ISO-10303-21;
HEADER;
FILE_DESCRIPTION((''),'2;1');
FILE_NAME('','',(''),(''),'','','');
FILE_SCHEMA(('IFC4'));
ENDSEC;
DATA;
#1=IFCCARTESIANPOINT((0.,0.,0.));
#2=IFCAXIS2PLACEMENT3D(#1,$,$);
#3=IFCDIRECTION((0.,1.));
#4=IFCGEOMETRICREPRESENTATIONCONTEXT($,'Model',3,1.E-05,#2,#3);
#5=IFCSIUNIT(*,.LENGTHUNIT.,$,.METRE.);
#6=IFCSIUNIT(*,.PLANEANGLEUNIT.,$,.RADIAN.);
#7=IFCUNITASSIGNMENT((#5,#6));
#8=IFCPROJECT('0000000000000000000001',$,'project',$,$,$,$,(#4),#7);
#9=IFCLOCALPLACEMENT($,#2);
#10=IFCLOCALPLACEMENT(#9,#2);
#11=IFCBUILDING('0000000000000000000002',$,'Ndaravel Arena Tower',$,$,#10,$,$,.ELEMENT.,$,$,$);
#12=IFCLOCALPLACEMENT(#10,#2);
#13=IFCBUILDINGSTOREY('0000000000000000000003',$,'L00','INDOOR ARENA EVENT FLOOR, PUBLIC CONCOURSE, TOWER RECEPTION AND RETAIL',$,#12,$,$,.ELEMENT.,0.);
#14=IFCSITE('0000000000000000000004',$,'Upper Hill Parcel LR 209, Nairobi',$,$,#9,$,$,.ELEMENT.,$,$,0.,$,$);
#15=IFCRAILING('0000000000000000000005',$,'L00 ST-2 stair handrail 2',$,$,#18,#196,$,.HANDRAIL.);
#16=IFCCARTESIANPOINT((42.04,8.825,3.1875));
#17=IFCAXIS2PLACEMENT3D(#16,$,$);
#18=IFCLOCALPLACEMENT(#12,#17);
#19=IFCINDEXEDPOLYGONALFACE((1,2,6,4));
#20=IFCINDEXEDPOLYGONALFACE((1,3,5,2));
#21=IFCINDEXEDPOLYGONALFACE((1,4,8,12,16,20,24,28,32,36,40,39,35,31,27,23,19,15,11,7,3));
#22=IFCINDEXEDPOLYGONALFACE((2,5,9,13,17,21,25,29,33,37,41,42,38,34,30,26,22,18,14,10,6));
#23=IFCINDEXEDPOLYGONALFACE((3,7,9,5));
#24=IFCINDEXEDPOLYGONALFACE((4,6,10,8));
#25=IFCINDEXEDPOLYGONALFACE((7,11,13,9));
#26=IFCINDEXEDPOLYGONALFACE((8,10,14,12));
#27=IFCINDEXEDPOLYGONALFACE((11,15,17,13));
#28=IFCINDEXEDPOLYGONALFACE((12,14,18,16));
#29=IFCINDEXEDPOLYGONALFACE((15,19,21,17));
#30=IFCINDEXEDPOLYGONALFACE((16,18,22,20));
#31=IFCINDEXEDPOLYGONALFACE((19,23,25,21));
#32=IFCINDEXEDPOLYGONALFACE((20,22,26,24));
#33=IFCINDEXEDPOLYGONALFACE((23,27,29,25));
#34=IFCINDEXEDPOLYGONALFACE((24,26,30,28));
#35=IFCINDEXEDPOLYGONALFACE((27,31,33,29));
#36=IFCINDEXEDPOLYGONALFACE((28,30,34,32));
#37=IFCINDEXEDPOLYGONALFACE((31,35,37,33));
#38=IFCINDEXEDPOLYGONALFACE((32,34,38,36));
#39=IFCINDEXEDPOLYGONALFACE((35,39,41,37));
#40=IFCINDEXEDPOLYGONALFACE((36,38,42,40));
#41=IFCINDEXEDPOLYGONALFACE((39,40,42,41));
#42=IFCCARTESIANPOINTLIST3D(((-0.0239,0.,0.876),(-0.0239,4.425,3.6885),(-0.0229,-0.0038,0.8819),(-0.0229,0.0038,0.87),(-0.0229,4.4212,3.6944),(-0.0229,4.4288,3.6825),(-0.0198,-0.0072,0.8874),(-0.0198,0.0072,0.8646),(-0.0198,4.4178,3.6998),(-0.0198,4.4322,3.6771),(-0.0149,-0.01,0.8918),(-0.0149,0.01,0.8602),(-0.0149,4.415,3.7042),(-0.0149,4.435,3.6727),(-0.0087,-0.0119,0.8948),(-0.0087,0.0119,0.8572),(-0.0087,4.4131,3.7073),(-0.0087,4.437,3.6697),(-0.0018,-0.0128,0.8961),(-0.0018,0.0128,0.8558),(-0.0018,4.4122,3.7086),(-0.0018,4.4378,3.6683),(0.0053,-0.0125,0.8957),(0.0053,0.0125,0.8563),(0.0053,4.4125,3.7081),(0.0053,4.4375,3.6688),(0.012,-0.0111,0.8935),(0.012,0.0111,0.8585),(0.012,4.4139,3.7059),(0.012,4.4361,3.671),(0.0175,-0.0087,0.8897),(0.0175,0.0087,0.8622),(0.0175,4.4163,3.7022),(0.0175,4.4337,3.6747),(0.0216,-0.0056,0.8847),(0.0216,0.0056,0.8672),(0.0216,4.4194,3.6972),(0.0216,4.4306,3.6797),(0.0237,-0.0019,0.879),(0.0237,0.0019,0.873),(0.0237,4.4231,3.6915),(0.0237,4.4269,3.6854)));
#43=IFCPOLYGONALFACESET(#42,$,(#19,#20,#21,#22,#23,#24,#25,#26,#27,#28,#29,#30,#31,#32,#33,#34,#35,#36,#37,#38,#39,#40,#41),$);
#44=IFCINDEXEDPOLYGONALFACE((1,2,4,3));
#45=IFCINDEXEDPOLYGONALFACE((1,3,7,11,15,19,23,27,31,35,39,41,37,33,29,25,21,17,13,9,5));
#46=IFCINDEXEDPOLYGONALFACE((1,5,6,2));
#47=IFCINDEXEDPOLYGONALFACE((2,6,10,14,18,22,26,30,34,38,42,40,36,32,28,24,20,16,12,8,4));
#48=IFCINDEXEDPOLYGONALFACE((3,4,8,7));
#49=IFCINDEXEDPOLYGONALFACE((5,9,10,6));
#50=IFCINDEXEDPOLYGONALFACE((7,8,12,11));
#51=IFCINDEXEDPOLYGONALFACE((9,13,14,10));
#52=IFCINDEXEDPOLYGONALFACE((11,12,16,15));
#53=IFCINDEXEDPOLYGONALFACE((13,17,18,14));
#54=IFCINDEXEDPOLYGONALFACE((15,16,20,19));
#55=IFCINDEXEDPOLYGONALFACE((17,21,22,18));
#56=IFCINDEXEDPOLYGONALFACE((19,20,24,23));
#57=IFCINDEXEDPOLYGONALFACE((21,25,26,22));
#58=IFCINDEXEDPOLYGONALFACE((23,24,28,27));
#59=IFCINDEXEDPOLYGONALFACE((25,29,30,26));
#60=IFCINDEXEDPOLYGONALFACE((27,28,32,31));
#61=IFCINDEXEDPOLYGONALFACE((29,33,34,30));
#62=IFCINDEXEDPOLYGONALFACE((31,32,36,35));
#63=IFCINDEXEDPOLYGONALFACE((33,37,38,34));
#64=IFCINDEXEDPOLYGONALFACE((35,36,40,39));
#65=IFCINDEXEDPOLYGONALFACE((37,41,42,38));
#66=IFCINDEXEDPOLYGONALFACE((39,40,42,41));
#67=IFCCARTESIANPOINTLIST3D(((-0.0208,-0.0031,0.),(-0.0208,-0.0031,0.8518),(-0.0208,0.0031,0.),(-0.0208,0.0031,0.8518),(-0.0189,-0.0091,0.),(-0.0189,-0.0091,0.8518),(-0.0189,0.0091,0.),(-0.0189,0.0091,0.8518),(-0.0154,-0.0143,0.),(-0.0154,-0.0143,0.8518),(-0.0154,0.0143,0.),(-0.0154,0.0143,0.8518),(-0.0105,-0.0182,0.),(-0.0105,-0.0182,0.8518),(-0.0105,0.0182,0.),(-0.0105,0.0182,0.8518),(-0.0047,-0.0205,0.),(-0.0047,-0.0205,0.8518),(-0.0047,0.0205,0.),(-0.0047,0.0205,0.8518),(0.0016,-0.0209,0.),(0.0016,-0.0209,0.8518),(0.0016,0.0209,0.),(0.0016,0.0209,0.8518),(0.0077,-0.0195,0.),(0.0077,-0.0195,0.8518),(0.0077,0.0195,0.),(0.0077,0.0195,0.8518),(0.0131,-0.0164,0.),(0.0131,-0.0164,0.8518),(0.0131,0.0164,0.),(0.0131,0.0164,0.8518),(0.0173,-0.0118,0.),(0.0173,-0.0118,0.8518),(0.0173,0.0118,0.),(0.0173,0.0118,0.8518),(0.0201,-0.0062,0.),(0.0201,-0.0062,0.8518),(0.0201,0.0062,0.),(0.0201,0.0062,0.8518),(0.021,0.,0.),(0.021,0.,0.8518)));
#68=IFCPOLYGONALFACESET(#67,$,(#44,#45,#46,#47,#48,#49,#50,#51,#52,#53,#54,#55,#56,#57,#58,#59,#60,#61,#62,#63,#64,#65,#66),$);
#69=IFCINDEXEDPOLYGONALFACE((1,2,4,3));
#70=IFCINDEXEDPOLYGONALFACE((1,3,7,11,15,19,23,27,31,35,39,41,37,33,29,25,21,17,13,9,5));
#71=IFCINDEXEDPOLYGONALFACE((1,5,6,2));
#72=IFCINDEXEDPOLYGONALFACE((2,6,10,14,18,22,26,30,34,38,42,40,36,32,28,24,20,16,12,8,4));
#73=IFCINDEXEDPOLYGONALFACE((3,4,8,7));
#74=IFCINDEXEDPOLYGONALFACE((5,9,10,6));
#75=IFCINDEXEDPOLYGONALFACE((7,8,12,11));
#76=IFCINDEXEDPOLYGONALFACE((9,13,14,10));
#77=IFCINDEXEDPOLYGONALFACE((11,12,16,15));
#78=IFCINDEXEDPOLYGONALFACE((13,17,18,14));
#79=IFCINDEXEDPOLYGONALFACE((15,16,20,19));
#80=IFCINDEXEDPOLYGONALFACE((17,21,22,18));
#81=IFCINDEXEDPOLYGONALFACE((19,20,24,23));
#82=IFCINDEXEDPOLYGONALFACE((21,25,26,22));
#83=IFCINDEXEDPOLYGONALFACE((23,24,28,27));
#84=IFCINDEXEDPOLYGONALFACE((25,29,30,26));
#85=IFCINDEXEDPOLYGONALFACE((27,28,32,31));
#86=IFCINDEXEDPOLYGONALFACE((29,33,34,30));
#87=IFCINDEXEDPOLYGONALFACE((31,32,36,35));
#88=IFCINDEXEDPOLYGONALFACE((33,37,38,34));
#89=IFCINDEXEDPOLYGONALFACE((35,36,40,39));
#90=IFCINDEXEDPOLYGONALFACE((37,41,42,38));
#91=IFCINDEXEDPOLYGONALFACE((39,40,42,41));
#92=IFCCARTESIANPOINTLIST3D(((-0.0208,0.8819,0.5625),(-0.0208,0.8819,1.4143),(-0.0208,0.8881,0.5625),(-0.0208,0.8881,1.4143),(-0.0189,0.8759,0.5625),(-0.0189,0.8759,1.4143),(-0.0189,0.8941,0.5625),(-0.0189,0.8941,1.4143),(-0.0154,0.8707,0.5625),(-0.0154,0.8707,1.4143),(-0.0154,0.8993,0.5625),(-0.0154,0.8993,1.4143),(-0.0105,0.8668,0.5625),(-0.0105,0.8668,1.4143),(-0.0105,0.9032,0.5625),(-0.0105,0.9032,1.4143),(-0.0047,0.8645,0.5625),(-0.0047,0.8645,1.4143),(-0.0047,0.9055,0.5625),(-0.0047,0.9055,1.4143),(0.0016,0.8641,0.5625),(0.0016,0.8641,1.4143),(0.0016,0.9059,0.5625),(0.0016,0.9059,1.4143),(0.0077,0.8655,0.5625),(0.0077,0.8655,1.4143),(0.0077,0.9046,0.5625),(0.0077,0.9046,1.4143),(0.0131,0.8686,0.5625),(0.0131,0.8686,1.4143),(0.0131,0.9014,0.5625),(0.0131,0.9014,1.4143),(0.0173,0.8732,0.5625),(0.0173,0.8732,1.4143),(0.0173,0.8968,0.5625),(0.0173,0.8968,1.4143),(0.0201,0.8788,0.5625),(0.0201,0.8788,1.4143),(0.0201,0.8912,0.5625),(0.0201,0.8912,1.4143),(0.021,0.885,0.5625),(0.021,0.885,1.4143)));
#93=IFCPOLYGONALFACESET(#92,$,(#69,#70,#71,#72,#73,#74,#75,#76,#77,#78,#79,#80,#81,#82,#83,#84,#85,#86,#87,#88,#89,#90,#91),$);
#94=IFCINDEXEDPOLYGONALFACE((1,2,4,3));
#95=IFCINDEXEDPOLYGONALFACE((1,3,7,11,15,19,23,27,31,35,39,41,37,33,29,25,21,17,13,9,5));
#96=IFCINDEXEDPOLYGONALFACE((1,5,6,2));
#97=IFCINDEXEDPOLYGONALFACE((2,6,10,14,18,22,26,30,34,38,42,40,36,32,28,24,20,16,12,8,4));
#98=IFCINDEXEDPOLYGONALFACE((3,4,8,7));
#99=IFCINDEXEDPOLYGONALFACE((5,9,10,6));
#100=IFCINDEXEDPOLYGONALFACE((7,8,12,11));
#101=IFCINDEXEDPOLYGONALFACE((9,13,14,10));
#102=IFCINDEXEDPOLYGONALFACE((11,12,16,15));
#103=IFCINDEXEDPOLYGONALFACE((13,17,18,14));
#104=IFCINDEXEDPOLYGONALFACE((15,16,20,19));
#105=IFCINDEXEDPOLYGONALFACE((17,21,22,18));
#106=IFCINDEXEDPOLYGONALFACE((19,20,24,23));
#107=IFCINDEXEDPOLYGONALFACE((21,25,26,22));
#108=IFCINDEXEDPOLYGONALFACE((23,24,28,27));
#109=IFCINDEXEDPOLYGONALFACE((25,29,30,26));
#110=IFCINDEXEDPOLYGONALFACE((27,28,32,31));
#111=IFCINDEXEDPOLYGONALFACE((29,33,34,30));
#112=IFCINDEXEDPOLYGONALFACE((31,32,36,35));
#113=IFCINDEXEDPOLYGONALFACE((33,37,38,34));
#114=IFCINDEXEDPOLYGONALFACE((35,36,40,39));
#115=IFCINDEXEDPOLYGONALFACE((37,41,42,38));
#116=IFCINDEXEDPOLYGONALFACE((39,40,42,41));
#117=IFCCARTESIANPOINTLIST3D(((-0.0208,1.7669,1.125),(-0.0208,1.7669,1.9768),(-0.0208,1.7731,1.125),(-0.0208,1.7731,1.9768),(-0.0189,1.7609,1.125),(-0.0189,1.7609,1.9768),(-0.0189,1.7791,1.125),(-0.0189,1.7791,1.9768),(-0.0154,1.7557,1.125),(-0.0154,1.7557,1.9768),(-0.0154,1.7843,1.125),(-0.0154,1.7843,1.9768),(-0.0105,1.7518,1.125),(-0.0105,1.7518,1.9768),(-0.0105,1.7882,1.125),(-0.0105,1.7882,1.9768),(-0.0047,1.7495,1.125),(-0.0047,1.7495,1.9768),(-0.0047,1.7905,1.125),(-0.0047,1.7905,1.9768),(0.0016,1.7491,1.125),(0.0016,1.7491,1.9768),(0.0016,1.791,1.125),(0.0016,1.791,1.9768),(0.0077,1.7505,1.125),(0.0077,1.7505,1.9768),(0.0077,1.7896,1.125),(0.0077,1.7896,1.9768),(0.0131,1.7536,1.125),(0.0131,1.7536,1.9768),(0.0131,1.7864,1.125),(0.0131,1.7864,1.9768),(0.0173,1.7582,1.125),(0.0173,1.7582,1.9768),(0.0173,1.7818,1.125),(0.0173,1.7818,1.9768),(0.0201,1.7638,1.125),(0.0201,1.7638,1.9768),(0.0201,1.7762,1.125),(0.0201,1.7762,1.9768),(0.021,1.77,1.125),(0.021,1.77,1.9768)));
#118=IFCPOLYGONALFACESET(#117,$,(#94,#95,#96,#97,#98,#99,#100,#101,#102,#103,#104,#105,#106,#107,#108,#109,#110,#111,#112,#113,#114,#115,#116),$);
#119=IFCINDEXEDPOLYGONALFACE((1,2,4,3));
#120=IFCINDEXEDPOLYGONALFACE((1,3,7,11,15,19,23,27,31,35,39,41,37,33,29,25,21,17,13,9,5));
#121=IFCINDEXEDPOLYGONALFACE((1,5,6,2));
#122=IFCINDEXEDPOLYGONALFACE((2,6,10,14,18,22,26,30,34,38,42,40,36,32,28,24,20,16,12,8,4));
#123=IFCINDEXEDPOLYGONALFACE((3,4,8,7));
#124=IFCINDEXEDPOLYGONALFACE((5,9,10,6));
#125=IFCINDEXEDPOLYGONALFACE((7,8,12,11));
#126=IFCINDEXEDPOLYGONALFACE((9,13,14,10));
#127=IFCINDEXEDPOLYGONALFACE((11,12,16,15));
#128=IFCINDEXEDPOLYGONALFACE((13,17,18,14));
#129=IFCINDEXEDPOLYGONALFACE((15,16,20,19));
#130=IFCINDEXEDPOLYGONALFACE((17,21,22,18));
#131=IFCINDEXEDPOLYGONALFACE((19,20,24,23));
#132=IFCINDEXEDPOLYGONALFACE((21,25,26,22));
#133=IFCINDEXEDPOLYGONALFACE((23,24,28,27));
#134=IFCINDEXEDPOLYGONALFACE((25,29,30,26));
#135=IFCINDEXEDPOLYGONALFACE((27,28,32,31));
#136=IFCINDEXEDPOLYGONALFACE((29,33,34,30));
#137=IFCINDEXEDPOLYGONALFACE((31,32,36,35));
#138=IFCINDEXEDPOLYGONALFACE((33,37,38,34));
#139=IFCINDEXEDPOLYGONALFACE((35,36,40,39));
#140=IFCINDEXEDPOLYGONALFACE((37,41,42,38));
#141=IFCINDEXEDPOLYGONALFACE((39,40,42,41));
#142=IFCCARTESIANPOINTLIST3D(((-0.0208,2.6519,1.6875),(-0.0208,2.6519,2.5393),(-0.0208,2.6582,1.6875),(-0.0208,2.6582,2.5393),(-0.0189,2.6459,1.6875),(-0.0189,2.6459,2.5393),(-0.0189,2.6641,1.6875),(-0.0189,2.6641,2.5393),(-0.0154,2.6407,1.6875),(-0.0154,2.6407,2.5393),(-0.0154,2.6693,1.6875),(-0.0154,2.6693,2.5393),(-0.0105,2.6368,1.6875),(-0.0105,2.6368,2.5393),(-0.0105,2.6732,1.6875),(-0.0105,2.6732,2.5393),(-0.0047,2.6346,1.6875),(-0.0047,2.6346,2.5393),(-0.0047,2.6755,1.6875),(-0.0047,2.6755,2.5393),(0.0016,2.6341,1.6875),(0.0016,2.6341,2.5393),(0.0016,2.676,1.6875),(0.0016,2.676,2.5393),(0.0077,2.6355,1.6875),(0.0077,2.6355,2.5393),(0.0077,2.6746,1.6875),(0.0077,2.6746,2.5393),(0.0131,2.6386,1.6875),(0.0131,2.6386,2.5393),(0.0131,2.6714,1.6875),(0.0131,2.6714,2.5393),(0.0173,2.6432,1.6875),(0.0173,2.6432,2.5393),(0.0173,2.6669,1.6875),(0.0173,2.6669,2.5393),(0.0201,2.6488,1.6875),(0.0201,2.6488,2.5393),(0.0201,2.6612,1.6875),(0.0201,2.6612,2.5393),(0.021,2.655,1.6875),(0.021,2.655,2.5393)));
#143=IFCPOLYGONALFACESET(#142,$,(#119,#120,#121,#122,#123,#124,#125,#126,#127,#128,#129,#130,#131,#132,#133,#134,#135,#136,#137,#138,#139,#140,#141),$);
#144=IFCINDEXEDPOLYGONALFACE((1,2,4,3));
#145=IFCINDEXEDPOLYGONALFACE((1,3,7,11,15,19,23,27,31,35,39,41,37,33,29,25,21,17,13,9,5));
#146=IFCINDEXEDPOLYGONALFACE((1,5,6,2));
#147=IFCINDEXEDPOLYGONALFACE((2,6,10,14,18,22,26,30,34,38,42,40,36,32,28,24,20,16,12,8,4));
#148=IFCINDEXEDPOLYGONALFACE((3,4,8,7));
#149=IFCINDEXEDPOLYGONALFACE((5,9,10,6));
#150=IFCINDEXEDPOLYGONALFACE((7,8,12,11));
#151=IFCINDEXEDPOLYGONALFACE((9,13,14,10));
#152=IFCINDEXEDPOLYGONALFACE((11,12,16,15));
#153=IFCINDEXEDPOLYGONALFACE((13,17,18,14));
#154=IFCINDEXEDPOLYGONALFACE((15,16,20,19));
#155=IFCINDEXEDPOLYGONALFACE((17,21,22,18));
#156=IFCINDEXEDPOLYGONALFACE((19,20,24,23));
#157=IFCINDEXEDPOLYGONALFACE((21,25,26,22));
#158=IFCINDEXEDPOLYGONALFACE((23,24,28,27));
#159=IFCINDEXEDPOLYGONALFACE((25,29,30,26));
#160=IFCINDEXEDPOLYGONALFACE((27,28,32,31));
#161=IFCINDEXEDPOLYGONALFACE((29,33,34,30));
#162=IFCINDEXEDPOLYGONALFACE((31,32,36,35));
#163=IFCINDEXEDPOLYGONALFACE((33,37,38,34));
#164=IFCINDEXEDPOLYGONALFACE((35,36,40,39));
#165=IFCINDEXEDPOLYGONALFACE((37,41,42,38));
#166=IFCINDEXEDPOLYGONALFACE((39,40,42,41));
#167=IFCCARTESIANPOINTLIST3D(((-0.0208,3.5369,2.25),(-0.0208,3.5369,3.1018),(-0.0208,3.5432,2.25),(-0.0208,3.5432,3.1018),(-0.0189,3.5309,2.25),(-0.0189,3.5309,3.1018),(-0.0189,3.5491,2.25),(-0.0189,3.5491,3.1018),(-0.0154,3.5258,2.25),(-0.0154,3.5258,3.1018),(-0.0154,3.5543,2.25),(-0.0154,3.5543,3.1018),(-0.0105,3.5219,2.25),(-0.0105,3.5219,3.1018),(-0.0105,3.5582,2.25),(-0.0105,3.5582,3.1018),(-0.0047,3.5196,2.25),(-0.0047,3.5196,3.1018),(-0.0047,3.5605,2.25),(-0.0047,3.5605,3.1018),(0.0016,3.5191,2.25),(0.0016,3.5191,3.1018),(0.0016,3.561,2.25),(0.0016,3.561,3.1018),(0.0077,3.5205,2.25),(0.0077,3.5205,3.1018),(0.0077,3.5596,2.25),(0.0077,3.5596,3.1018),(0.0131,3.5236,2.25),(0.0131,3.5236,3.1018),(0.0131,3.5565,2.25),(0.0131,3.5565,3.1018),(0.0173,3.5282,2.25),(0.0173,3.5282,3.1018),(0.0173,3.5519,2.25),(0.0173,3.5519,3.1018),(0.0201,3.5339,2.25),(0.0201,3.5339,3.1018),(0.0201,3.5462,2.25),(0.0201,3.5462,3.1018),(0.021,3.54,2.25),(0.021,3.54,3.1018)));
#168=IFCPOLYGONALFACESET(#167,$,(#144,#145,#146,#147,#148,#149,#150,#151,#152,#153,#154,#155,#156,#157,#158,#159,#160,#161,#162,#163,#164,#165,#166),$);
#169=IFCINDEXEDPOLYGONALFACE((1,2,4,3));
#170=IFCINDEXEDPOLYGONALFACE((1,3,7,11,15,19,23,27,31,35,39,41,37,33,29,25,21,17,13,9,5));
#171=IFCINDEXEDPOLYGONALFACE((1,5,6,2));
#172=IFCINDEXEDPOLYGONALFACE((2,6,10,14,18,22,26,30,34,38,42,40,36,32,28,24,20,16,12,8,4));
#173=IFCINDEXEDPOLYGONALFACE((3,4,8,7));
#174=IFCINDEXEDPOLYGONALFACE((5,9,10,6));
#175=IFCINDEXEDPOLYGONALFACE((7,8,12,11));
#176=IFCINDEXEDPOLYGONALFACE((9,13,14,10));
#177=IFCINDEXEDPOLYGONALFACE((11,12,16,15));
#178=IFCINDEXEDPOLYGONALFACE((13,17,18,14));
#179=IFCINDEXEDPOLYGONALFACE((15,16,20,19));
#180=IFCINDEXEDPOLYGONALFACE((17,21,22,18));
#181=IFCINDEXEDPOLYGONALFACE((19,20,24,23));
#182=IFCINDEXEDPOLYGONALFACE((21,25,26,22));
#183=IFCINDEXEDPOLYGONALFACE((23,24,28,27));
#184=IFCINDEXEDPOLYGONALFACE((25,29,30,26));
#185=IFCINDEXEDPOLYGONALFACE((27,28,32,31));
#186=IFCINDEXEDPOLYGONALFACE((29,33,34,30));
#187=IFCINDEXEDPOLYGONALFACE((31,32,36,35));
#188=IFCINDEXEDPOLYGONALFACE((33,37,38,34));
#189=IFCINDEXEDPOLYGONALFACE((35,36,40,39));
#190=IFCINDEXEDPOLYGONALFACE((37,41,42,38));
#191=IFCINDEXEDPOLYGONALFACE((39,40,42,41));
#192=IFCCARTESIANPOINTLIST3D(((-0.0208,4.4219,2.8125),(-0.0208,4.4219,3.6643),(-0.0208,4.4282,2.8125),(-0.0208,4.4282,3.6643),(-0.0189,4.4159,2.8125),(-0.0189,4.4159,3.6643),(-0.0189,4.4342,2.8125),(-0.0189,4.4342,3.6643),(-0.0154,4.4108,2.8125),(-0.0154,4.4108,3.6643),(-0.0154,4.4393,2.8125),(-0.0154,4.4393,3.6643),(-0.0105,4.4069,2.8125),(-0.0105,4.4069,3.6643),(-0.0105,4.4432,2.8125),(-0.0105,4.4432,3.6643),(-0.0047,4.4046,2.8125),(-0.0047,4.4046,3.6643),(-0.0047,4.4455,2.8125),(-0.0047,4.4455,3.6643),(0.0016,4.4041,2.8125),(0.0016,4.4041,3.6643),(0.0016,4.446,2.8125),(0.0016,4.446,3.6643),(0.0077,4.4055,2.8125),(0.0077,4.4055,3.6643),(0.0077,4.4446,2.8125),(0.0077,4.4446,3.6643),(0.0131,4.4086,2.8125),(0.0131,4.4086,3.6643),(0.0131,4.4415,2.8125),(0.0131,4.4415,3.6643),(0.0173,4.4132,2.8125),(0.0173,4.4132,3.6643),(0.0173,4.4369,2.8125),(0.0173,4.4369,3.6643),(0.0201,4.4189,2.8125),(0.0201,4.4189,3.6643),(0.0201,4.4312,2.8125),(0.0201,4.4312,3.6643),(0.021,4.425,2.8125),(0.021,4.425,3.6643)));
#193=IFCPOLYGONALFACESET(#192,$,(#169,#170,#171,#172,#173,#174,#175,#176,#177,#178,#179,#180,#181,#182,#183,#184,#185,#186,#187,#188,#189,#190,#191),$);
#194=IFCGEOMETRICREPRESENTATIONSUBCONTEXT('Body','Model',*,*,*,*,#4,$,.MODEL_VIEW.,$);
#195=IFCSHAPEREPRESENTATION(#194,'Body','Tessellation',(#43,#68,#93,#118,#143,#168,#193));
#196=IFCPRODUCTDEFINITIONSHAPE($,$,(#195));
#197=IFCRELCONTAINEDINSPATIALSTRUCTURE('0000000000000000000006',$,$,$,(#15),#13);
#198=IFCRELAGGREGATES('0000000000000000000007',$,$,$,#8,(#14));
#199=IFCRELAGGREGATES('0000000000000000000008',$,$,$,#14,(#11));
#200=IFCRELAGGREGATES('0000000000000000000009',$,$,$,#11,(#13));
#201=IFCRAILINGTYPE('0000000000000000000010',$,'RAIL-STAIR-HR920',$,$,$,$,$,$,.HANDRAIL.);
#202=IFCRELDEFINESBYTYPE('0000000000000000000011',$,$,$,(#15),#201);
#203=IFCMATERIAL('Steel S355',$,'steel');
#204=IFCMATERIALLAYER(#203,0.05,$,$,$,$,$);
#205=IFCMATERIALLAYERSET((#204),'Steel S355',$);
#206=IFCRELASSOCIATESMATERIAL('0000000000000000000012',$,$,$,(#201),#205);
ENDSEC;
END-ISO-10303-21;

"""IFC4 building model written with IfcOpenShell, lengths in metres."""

from ifc_helpers import new_model, si_unit, direction, frame, origin, origin_2d, place, context, subcontext, project, spatial, circle, extrude, material, layer, layer_set, type_object, element, save


model = new_model("IFC4")

# Units and contexts
model_context = context("Model", 3, precision=1e-05, world=origin(), true_north=direction((0.0, 1.0)))
body_context = subcontext(model_context, "Body", "Model", "MODEL_VIEW")
ifc_project = project(units=[si_unit("LENGTHUNIT", "METRE"), si_unit("PLANEANGLEUNIT", "RADIAN")], contexts=[model_context])

# Site, building, storey
site_placement = place(None, origin())
site = spatial("IfcSite", under=ifc_project, at=site_placement, Name="Upper Hill Parcel LR 209, Nairobi", CompositionType="ELEMENT", RefElevation=0.0)
building_placement = place(site_placement, origin())
building = spatial("IfcBuilding", under=site, at=building_placement, Name="Ndaravel Arena Tower", CompositionType="ELEMENT")
storey_placement = place(building_placement, origin())
storey = spatial("IfcBuildingStorey", under=building, at=storey_placement, Name="L00", Description="INDOOR ARENA EVENT FLOOR, PUBLIC CONCOURSE, TOWER RECEPTION AND RETAIL", CompositionType="ELEMENT", Elevation=0.0)

# Railing
ifc_material_1 = material(Name="Steel S355", Category="steel")
ifc_layer_1 = layer(ifc_material_1, 0.05)
ifc_layer_set_1 = layer_set([ifc_layer_1], Name="Steel S355")
railing_type_1 = type_object("IfcRailingType", Name="RAIL-STAIR-HR920", PredefinedType="HANDRAIL", material=ifc_layer_set_1)
railing_1_placement = place(storey_placement, frame((42.04, 8.825, 3.1875)))
element("IfcRailing", 1, at=railing_1_placement, inside=storey, type_object=railing_type_1, Name="L00 ST-2 stair handrail 2", PredefinedType="HANDRAIL", context=body_context, shape_type="SweptSolid", body=[
    extrude(circle(Radius=0.0239, at=origin_2d()), frame((0.0, 0.0, 0.876), z_axis=(0.0, 0.843959, 0.536408), x_axis=(-1.0, 0.0, 0.0)), (0.0, 0.0, 1.0), 5.2432),
    extrude(circle(Radius=0.021, at=origin_2d()), origin(), (0.0, 0.0, 1.0), 0.8518),
    extrude(circle(Radius=0.021, at=origin_2d()), frame((0.0, 0.885, 0.5625)), (0.0, 0.0, 1.0), 0.8518),
    extrude(circle(Radius=0.021, at=origin_2d()), frame((0.0, 1.77, 1.125)), (0.0, 0.0, 1.0), 0.8518),
    extrude(circle(Radius=0.021, at=origin_2d()), frame((0.0, 2.655, 1.6875)), (0.0, 0.0, 1.0), 0.8518),
    extrude(circle(Radius=0.021, at=origin_2d()), frame((0.0, 3.54, 2.25)), (0.0, 0.0, 1.0), 0.8518),
    extrude(circle(Radius=0.021, at=origin_2d()), frame((0.0, 4.425, 2.8125)), (0.0, 0.0, 1.0), 0.8518),
])

save(model, "model.ifc")
